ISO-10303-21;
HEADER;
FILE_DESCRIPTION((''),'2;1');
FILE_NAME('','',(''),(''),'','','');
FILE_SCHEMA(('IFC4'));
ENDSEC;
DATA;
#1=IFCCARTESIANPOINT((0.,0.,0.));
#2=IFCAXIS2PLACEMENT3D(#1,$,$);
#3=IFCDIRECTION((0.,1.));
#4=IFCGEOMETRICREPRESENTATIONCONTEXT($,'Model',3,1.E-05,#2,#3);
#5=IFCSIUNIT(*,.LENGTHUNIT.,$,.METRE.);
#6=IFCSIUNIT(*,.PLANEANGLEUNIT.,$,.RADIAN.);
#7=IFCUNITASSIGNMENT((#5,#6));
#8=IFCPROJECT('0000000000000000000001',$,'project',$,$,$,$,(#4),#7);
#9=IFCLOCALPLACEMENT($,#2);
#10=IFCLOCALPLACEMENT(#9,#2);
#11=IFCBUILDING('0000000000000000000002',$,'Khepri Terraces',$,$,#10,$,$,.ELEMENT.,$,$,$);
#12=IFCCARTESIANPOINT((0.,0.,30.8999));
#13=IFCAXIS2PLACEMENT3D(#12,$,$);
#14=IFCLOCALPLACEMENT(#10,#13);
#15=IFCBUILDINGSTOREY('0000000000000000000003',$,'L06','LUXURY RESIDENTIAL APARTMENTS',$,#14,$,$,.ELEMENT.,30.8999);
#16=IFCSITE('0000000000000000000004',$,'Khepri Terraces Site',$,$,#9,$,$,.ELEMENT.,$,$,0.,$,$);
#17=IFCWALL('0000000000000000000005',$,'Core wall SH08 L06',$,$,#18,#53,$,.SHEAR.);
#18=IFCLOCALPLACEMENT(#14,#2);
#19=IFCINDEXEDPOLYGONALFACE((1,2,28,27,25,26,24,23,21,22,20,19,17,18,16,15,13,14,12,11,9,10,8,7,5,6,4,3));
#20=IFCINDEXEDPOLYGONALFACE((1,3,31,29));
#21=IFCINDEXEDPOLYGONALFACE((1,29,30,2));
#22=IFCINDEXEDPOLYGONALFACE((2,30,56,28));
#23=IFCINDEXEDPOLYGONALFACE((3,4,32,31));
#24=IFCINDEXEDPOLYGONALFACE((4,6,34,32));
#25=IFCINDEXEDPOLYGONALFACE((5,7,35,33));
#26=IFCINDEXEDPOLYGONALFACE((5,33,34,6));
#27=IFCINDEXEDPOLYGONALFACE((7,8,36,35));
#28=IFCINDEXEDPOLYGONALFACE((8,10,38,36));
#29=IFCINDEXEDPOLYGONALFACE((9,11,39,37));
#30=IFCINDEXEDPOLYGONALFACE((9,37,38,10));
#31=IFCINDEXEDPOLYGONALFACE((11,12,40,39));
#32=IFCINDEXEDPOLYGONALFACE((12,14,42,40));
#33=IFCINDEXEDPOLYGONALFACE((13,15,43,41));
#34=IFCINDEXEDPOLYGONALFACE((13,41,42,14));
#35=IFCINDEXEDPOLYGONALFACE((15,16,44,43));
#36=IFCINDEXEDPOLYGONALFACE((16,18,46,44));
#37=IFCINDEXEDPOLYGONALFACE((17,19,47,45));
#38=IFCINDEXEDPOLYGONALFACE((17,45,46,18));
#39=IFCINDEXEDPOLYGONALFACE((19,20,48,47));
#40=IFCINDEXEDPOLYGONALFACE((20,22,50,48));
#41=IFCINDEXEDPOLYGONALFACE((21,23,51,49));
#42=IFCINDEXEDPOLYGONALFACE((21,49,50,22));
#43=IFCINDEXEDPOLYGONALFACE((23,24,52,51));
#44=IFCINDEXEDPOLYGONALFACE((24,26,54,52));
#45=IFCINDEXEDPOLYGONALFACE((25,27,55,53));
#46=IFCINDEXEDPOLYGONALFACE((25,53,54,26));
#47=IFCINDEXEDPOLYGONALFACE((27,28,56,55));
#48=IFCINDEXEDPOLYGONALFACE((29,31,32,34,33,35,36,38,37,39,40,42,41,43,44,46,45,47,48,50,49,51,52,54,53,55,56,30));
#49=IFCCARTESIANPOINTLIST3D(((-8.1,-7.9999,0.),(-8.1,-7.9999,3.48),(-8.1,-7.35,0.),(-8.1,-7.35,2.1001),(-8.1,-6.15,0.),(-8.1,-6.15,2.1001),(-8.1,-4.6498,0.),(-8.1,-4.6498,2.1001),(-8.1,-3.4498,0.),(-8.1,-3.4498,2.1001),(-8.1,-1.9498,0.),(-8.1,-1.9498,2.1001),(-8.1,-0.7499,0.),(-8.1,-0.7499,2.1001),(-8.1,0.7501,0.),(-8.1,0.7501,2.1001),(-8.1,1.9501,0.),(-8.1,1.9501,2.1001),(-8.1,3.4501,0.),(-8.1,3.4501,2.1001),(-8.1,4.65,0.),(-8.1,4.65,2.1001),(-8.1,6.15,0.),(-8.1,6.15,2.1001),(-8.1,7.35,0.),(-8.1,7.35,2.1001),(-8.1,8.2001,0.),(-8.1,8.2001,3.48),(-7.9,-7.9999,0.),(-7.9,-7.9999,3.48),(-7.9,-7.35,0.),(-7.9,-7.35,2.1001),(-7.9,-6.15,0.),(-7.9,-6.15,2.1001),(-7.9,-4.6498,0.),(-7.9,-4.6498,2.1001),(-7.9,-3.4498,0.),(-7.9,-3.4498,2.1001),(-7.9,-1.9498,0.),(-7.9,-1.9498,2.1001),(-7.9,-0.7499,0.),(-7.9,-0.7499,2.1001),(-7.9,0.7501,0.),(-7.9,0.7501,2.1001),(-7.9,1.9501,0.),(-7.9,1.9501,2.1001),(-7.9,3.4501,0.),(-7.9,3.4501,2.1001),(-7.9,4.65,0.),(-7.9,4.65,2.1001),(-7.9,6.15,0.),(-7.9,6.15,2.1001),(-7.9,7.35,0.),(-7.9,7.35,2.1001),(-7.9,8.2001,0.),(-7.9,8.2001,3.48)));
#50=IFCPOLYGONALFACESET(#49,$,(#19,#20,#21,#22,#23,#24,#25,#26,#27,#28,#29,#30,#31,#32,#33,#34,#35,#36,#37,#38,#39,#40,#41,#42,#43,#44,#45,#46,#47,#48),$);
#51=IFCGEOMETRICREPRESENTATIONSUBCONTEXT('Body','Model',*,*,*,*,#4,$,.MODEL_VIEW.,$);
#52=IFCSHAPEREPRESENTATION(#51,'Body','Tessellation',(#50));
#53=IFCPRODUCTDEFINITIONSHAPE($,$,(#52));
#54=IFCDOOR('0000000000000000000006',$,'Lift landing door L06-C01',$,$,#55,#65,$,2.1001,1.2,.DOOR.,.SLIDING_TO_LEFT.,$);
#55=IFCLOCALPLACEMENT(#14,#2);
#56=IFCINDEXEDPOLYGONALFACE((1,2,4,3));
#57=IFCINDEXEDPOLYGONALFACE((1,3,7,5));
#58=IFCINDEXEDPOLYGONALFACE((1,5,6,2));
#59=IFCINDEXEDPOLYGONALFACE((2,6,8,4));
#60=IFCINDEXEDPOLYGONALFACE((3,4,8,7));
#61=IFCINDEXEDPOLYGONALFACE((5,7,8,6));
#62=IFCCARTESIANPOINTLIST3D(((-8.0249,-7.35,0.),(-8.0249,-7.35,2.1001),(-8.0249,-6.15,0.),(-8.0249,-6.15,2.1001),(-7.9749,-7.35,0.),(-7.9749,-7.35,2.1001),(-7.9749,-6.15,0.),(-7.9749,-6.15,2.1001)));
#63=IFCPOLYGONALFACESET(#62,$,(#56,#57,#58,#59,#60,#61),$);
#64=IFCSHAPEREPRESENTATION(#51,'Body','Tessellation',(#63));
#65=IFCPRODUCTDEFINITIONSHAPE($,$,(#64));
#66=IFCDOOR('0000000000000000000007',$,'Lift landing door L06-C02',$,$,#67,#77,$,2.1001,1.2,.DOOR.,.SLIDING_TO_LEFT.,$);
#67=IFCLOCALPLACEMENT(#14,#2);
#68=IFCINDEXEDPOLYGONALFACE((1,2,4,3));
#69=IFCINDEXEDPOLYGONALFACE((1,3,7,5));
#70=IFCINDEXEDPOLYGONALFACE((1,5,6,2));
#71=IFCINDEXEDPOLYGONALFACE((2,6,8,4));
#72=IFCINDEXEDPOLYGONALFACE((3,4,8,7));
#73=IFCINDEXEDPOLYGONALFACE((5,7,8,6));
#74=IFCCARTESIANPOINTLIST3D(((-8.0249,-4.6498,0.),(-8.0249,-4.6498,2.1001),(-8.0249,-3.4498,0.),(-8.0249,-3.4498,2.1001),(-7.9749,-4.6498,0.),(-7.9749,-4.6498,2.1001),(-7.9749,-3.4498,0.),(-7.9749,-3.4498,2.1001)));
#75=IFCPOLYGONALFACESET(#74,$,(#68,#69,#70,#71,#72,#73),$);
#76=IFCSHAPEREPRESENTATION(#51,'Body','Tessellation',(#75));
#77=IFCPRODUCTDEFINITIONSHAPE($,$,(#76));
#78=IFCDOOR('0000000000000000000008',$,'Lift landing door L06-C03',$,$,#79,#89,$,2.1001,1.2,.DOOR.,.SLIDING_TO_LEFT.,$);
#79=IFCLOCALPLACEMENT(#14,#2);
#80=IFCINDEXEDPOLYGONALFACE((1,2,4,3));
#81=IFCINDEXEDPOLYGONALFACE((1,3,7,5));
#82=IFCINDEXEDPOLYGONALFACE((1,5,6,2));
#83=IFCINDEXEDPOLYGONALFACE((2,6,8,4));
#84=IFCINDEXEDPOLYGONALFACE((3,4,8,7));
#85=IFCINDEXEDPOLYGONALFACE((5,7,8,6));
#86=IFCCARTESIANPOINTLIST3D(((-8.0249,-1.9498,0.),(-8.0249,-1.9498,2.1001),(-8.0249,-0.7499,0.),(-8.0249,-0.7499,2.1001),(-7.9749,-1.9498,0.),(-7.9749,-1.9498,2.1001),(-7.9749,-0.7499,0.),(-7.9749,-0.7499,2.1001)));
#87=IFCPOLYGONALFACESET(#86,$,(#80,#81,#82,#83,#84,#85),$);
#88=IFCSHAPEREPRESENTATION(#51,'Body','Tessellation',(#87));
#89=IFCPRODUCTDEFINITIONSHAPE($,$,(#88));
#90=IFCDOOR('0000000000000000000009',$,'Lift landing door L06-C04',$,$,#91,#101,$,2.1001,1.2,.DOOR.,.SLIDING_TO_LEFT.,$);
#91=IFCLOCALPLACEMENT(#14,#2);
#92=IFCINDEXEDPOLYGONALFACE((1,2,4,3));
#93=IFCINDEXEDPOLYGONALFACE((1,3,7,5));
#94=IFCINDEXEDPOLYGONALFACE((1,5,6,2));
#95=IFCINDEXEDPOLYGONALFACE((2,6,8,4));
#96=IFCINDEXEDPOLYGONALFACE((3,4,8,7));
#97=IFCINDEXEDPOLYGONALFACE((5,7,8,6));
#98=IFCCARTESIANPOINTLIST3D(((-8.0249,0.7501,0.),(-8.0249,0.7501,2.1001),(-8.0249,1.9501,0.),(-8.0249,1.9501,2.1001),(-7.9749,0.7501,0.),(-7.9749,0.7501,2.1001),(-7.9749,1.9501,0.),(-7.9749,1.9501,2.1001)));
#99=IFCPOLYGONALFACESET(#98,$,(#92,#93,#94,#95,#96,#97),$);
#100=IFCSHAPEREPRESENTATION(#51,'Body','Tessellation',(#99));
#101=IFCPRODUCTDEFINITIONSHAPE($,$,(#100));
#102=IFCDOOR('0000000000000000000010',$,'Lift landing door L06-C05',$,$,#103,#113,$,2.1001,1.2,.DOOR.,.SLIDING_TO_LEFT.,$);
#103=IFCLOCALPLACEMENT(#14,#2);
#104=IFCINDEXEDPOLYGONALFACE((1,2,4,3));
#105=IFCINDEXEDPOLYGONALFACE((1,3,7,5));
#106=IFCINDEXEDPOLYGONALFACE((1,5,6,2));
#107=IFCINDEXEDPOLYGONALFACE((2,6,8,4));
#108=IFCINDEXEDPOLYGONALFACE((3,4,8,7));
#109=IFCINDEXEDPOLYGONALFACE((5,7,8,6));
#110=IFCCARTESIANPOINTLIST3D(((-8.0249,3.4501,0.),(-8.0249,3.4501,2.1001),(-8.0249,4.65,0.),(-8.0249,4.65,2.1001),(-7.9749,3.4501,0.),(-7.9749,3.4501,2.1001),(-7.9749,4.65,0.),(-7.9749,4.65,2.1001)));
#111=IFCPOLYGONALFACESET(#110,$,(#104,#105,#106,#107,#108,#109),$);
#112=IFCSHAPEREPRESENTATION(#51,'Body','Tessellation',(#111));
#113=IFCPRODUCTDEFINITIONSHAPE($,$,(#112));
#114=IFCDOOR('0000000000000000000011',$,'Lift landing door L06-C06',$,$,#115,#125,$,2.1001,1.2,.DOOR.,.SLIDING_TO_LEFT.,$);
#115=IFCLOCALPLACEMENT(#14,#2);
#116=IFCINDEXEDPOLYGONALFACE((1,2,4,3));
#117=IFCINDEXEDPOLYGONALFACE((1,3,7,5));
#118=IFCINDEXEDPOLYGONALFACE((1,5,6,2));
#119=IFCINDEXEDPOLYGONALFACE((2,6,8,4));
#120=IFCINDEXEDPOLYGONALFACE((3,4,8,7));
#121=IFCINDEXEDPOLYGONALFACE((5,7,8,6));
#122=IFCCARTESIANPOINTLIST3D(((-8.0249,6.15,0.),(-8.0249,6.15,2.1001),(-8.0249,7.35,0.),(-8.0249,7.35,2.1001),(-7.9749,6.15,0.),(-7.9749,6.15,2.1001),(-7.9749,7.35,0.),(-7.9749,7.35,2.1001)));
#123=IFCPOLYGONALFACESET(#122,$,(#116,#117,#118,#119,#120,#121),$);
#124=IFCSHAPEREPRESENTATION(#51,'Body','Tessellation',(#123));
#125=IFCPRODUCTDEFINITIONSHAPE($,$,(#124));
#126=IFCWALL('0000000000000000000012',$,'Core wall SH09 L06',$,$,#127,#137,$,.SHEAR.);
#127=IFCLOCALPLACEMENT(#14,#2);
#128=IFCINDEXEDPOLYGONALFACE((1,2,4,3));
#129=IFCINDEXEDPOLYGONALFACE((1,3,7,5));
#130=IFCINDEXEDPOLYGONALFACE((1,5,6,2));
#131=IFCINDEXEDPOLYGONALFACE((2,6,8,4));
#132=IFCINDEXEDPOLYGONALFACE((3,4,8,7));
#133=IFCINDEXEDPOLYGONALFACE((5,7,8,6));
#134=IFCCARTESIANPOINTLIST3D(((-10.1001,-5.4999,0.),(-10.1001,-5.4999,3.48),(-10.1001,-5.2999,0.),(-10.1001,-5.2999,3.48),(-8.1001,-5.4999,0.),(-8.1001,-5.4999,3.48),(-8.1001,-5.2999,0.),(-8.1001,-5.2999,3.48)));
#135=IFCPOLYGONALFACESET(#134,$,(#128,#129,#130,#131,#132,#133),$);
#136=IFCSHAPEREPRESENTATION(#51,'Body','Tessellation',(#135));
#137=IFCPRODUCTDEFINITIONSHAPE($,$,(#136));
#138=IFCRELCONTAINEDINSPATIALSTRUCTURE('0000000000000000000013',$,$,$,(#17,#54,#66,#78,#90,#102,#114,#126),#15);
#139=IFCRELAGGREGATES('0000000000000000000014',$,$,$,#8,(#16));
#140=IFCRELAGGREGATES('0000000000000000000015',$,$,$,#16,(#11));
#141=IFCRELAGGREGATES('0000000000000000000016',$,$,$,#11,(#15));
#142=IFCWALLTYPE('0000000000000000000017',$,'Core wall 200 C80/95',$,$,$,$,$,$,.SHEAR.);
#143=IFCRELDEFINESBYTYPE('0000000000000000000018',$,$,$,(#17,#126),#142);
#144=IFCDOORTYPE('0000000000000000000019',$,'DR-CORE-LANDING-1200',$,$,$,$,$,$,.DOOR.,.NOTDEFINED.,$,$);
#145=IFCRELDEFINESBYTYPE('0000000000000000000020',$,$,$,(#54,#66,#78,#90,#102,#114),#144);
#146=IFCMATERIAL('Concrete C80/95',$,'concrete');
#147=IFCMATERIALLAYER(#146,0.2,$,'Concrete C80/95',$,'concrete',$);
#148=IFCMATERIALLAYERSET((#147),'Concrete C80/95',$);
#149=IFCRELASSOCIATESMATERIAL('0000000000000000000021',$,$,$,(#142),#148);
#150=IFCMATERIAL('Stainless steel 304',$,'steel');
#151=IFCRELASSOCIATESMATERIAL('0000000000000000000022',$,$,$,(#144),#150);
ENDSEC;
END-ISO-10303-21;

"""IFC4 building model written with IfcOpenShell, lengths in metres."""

from ifc_helpers import new_model, si_unit, direction, frame, frame_2d, origin, place, context, subcontext, project, spatial, rectangle, extrude, material, layer, layer_set, type_object, element, fill, save


model = new_model("IFC4")

# Units and contexts
model_context = context("Model", 3, precision=1e-05, world=origin(), true_north=direction((0.0, 1.0)))
body_context = subcontext(model_context, "Body", "Model", "MODEL_VIEW")
ifc_project = project(units=[si_unit("LENGTHUNIT", "METRE"), si_unit("PLANEANGLEUNIT", "RADIAN")], contexts=[model_context])

# Site, building, storey
site_placement = place(None, origin())
site = spatial("IfcSite", under=ifc_project, at=site_placement, Name="Khepri Terraces Site", CompositionType="ELEMENT", RefElevation=0.0)
building_placement = place(site_placement, origin())
building = spatial("IfcBuilding", under=site, at=building_placement, Name="Khepri Terraces", CompositionType="ELEMENT")
storey_placement = place(building_placement, frame((0.0, 0.0, 30.8999)))
storey = spatial("IfcBuildingStorey", under=building, at=storey_placement, Name="L06", Description="LUXURY RESIDENTIAL APARTMENTS", CompositionType="ELEMENT", Elevation=30.8999)

# Shared definitions
ifc_material_1 = material(Name="Concrete C80/95", Category="concrete")
ifc_layer_1 = layer(ifc_material_1, 0.2, Name="Concrete C80/95", Category="concrete")
ifc_layer_set_1 = layer_set([ifc_layer_1], Name="Concrete C80/95")
wall_type_1 = type_object("IfcWallType", Name="Core wall 200 C80/95", PredefinedType="SHEAR", material=ifc_layer_set_1)

# Wall, openings, doors
wall_1_placement = place(storey_placement, frame((-8.0, -8.0, 0.0), z_axis=(0.0, 0.0, 1.0), x_axis=(0.0, 1.0, 0.0)))
wall_1 = element("IfcWall", 1, at=wall_1_placement, inside=storey, type_object=wall_type_1, Name="Core wall SH08 L06", PredefinedType="SHEAR", context=body_context, shape_type="SweptSolid", body=[
    extrude(rectangle(XDim=16.2, YDim=0.2, at=frame_2d((8.1001, 0.0))), origin(), (0.0, 0.0, 1.0), 3.48),
])
opening_1_placement = place(wall_1_placement, frame((0.6499, 0.0, 0.0)))
opening_1 = element("IfcOpeningElement", 2, at=opening_1_placement, cuts=wall_1, PredefinedType="OPENING", context=body_context, shape_type="SweptSolid", body=[
    extrude(rectangle(XDim=1.2, YDim=2.1001, at=frame_2d((0.6001, 1.05))), frame((0.0, 0.1099, 0.0), z_axis=(0.0, -1.0, 0.0), x_axis=(1.0, 0.0, 0.0)), (0.0, 0.0, 1.0), 0.22),
])
opening_2_placement = place(wall_1_placement, frame((3.3501, 0.0, 0.0)))
opening_2 = element("IfcOpeningElement", 3, at=opening_2_placement, cuts=wall_1, PredefinedType="OPENING", context=body_context, shape_type="SweptSolid", body=[
    extrude(rectangle(XDim=1.2, YDim=2.1001, at=frame_2d((0.6001, 1.05))), frame((0.0, 0.1099, 0.0), z_axis=(0.0, -1.0, 0.0), x_axis=(1.0, 0.0, 0.0)), (0.0, 0.0, 1.0), 0.22),
])
opening_3_placement = place(wall_1_placement, frame((6.05, 0.0, 0.0)))
opening_3 = element("IfcOpeningElement", 4, at=opening_3_placement, cuts=wall_1, PredefinedType="OPENING", context=body_context, shape_type="SweptSolid", body=[
    extrude(rectangle(XDim=1.2, YDim=2.1001, at=frame_2d((0.6001, 1.05))), frame((0.0, 0.1099, 0.0), z_axis=(0.0, -1.0, 0.0), x_axis=(1.0, 0.0, 0.0)), (0.0, 0.0, 1.0), 0.22),
])
opening_4_placement = place(wall_1_placement, frame((8.75, 0.0, 0.0)))
opening_4 = element("IfcOpeningElement", 5, at=opening_4_placement, cuts=wall_1, PredefinedType="OPENING", context=body_context, shape_type="SweptSolid", body=[
    extrude(rectangle(XDim=1.2, YDim=2.1001, at=frame_2d((0.6001, 1.05))), frame((0.0, 0.1099, 0.0), z_axis=(0.0, -1.0, 0.0), x_axis=(1.0, 0.0, 0.0)), (0.0, 0.0, 1.0), 0.22),
])
opening_5_placement = place(wall_1_placement, frame((11.45, 0.0, 0.0)))
opening_5 = element("IfcOpeningElement", 6, at=opening_5_placement, cuts=wall_1, PredefinedType="OPENING", context=body_context, shape_type="SweptSolid", body=[
    extrude(rectangle(XDim=1.2, YDim=2.1001, at=frame_2d((0.6001, 1.05))), frame((0.0, 0.1099, 0.0), z_axis=(0.0, -1.0, 0.0), x_axis=(1.0, 0.0, 0.0)), (0.0, 0.0, 1.0), 0.22),
])
opening_6_placement = place(wall_1_placement, frame((14.1499, 0.0, 0.0)))
opening_6 = element("IfcOpeningElement", 7, at=opening_6_placement, cuts=wall_1, PredefinedType="OPENING", context=body_context, shape_type="SweptSolid", body=[
    extrude(rectangle(XDim=1.2, YDim=2.1001, at=frame_2d((0.6001, 1.05))), frame((0.0, 0.1099, 0.0), z_axis=(0.0, -1.0, 0.0), x_axis=(1.0, 0.0, 0.0)), (0.0, 0.0, 1.0), 0.22),
])
ifc_material_2 = material(Name="Stainless steel 304", Category="steel")
door_type_1 = type_object("IfcDoorType", Name="DR-CORE-LANDING-1200", OperationType="NOTDEFINED", PredefinedType="DOOR", material=ifc_material_2)
door_1_placement = place(opening_1_placement, origin())
door_1 = element("IfcDoor", 8, at=door_1_placement, inside=storey, type_object=door_type_1, Name="Lift landing door L06-C01", OperationType="SLIDING_TO_LEFT", OverallHeight=2.1001, OverallWidth=1.2, PredefinedType="DOOR", context=body_context, shape_type="SweptSolid", body=[
    extrude(rectangle(XDim=1.2, YDim=2.1001, at=frame_2d((0.6001, 1.05))), frame((0.0, 0.0249, 0.0), z_axis=(0.0, -1.0, 0.0), x_axis=(1.0, 0.0, 0.0)), (0.0, 0.0, 1.0), 0.05),
])
fill(opening_1, door_1)
door_2_placement = place(opening_2_placement, origin())
door_2 = element("IfcDoor", 9, at=door_2_placement, inside=storey, type_object=door_type_1, Name="Lift landing door L06-C02", OperationType="SLIDING_TO_LEFT", OverallHeight=2.1001, OverallWidth=1.2, PredefinedType="DOOR", context=body_context, shape_type="SweptSolid", body=[
    extrude(rectangle(XDim=1.2, YDim=2.1001, at=frame_2d((0.6001, 1.05))), frame((0.0, 0.0249, 0.0), z_axis=(0.0, -1.0, 0.0), x_axis=(1.0, 0.0, 0.0)), (0.0, 0.0, 1.0), 0.05),
])
fill(opening_2, door_2)
door_3_placement = place(opening_3_placement, origin())
door_3 = element("IfcDoor", 10, at=door_3_placement, inside=storey, type_object=door_type_1, Name="Lift landing door L06-C03", OperationType="SLIDING_TO_LEFT", OverallHeight=2.1001, OverallWidth=1.2, PredefinedType="DOOR", context=body_context, shape_type="SweptSolid", body=[
    extrude(rectangle(XDim=1.2, YDim=2.1001, at=frame_2d((0.6001, 1.05))), frame((0.0, 0.0249, 0.0), z_axis=(0.0, -1.0, 0.0), x_axis=(1.0, 0.0, 0.0)), (0.0, 0.0, 1.0), 0.05),
])
fill(opening_3, door_3)
door_4_placement = place(opening_4_placement, origin())
door_4 = element("IfcDoor", 11, at=door_4_placement, inside=storey, type_object=door_type_1, Name="Lift landing door L06-C04", OperationType="SLIDING_TO_LEFT", OverallHeight=2.1001, OverallWidth=1.2, PredefinedType="DOOR", context=body_context, shape_type="SweptSolid", body=[
    extrude(rectangle(XDim=1.2, YDim=2.1001, at=frame_2d((0.6001, 1.05))), frame((0.0, 0.0249, 0.0), z_axis=(0.0, -1.0, 0.0), x_axis=(1.0, 0.0, 0.0)), (0.0, 0.0, 1.0), 0.05),
])
fill(opening_4, door_4)
door_5_placement = place(opening_5_placement, origin())
door_5 = element("IfcDoor", 12, at=door_5_placement, inside=storey, type_object=door_type_1, Name="Lift landing door L06-C05", OperationType="SLIDING_TO_LEFT", OverallHeight=2.1001, OverallWidth=1.2, PredefinedType="DOOR", context=body_context, shape_type="SweptSolid", body=[
    extrude(rectangle(XDim=1.2, YDim=2.1001, at=frame_2d((0.6001, 1.05))), frame((0.0, 0.0249, 0.0), z_axis=(0.0, -1.0, 0.0), x_axis=(1.0, 0.0, 0.0)), (0.0, 0.0, 1.0), 0.05),
])
fill(opening_5, door_5)
door_6_placement = place(opening_6_placement, origin())
door_6 = element("IfcDoor", 13, at=door_6_placement, inside=storey, type_object=door_type_1, Name="Lift landing door L06-C06", OperationType="SLIDING_TO_LEFT", OverallHeight=2.1001, OverallWidth=1.2, PredefinedType="DOOR", context=body_context, shape_type="SweptSolid", body=[
    extrude(rectangle(XDim=1.2, YDim=2.1001, at=frame_2d((0.6001, 1.05))), frame((0.0, 0.0249, 0.0), z_axis=(0.0, -1.0, 0.0), x_axis=(1.0, 0.0, 0.0)), (0.0, 0.0, 1.0), 0.05),
])
fill(opening_6, door_6)

# Wall
wall_2_placement = place(storey_placement, frame((-10.1001, -5.3999, 0.0), z_axis=(0.0, 0.0, 1.0), x_axis=(1.0, 0.0, 0.0)))
element("IfcWall", 14, at=wall_2_placement, inside=storey, type_object=wall_type_1, Name="Core wall SH09 L06", PredefinedType="SHEAR", context=body_context, shape_type="SweptSolid", body=[
    extrude(rectangle(XDim=2.0, YDim=0.2, at=frame_2d((1.0, 0.0))), origin(), (0.0, 0.0, 1.0), 3.48),
])

save(model, "model.ifc")
